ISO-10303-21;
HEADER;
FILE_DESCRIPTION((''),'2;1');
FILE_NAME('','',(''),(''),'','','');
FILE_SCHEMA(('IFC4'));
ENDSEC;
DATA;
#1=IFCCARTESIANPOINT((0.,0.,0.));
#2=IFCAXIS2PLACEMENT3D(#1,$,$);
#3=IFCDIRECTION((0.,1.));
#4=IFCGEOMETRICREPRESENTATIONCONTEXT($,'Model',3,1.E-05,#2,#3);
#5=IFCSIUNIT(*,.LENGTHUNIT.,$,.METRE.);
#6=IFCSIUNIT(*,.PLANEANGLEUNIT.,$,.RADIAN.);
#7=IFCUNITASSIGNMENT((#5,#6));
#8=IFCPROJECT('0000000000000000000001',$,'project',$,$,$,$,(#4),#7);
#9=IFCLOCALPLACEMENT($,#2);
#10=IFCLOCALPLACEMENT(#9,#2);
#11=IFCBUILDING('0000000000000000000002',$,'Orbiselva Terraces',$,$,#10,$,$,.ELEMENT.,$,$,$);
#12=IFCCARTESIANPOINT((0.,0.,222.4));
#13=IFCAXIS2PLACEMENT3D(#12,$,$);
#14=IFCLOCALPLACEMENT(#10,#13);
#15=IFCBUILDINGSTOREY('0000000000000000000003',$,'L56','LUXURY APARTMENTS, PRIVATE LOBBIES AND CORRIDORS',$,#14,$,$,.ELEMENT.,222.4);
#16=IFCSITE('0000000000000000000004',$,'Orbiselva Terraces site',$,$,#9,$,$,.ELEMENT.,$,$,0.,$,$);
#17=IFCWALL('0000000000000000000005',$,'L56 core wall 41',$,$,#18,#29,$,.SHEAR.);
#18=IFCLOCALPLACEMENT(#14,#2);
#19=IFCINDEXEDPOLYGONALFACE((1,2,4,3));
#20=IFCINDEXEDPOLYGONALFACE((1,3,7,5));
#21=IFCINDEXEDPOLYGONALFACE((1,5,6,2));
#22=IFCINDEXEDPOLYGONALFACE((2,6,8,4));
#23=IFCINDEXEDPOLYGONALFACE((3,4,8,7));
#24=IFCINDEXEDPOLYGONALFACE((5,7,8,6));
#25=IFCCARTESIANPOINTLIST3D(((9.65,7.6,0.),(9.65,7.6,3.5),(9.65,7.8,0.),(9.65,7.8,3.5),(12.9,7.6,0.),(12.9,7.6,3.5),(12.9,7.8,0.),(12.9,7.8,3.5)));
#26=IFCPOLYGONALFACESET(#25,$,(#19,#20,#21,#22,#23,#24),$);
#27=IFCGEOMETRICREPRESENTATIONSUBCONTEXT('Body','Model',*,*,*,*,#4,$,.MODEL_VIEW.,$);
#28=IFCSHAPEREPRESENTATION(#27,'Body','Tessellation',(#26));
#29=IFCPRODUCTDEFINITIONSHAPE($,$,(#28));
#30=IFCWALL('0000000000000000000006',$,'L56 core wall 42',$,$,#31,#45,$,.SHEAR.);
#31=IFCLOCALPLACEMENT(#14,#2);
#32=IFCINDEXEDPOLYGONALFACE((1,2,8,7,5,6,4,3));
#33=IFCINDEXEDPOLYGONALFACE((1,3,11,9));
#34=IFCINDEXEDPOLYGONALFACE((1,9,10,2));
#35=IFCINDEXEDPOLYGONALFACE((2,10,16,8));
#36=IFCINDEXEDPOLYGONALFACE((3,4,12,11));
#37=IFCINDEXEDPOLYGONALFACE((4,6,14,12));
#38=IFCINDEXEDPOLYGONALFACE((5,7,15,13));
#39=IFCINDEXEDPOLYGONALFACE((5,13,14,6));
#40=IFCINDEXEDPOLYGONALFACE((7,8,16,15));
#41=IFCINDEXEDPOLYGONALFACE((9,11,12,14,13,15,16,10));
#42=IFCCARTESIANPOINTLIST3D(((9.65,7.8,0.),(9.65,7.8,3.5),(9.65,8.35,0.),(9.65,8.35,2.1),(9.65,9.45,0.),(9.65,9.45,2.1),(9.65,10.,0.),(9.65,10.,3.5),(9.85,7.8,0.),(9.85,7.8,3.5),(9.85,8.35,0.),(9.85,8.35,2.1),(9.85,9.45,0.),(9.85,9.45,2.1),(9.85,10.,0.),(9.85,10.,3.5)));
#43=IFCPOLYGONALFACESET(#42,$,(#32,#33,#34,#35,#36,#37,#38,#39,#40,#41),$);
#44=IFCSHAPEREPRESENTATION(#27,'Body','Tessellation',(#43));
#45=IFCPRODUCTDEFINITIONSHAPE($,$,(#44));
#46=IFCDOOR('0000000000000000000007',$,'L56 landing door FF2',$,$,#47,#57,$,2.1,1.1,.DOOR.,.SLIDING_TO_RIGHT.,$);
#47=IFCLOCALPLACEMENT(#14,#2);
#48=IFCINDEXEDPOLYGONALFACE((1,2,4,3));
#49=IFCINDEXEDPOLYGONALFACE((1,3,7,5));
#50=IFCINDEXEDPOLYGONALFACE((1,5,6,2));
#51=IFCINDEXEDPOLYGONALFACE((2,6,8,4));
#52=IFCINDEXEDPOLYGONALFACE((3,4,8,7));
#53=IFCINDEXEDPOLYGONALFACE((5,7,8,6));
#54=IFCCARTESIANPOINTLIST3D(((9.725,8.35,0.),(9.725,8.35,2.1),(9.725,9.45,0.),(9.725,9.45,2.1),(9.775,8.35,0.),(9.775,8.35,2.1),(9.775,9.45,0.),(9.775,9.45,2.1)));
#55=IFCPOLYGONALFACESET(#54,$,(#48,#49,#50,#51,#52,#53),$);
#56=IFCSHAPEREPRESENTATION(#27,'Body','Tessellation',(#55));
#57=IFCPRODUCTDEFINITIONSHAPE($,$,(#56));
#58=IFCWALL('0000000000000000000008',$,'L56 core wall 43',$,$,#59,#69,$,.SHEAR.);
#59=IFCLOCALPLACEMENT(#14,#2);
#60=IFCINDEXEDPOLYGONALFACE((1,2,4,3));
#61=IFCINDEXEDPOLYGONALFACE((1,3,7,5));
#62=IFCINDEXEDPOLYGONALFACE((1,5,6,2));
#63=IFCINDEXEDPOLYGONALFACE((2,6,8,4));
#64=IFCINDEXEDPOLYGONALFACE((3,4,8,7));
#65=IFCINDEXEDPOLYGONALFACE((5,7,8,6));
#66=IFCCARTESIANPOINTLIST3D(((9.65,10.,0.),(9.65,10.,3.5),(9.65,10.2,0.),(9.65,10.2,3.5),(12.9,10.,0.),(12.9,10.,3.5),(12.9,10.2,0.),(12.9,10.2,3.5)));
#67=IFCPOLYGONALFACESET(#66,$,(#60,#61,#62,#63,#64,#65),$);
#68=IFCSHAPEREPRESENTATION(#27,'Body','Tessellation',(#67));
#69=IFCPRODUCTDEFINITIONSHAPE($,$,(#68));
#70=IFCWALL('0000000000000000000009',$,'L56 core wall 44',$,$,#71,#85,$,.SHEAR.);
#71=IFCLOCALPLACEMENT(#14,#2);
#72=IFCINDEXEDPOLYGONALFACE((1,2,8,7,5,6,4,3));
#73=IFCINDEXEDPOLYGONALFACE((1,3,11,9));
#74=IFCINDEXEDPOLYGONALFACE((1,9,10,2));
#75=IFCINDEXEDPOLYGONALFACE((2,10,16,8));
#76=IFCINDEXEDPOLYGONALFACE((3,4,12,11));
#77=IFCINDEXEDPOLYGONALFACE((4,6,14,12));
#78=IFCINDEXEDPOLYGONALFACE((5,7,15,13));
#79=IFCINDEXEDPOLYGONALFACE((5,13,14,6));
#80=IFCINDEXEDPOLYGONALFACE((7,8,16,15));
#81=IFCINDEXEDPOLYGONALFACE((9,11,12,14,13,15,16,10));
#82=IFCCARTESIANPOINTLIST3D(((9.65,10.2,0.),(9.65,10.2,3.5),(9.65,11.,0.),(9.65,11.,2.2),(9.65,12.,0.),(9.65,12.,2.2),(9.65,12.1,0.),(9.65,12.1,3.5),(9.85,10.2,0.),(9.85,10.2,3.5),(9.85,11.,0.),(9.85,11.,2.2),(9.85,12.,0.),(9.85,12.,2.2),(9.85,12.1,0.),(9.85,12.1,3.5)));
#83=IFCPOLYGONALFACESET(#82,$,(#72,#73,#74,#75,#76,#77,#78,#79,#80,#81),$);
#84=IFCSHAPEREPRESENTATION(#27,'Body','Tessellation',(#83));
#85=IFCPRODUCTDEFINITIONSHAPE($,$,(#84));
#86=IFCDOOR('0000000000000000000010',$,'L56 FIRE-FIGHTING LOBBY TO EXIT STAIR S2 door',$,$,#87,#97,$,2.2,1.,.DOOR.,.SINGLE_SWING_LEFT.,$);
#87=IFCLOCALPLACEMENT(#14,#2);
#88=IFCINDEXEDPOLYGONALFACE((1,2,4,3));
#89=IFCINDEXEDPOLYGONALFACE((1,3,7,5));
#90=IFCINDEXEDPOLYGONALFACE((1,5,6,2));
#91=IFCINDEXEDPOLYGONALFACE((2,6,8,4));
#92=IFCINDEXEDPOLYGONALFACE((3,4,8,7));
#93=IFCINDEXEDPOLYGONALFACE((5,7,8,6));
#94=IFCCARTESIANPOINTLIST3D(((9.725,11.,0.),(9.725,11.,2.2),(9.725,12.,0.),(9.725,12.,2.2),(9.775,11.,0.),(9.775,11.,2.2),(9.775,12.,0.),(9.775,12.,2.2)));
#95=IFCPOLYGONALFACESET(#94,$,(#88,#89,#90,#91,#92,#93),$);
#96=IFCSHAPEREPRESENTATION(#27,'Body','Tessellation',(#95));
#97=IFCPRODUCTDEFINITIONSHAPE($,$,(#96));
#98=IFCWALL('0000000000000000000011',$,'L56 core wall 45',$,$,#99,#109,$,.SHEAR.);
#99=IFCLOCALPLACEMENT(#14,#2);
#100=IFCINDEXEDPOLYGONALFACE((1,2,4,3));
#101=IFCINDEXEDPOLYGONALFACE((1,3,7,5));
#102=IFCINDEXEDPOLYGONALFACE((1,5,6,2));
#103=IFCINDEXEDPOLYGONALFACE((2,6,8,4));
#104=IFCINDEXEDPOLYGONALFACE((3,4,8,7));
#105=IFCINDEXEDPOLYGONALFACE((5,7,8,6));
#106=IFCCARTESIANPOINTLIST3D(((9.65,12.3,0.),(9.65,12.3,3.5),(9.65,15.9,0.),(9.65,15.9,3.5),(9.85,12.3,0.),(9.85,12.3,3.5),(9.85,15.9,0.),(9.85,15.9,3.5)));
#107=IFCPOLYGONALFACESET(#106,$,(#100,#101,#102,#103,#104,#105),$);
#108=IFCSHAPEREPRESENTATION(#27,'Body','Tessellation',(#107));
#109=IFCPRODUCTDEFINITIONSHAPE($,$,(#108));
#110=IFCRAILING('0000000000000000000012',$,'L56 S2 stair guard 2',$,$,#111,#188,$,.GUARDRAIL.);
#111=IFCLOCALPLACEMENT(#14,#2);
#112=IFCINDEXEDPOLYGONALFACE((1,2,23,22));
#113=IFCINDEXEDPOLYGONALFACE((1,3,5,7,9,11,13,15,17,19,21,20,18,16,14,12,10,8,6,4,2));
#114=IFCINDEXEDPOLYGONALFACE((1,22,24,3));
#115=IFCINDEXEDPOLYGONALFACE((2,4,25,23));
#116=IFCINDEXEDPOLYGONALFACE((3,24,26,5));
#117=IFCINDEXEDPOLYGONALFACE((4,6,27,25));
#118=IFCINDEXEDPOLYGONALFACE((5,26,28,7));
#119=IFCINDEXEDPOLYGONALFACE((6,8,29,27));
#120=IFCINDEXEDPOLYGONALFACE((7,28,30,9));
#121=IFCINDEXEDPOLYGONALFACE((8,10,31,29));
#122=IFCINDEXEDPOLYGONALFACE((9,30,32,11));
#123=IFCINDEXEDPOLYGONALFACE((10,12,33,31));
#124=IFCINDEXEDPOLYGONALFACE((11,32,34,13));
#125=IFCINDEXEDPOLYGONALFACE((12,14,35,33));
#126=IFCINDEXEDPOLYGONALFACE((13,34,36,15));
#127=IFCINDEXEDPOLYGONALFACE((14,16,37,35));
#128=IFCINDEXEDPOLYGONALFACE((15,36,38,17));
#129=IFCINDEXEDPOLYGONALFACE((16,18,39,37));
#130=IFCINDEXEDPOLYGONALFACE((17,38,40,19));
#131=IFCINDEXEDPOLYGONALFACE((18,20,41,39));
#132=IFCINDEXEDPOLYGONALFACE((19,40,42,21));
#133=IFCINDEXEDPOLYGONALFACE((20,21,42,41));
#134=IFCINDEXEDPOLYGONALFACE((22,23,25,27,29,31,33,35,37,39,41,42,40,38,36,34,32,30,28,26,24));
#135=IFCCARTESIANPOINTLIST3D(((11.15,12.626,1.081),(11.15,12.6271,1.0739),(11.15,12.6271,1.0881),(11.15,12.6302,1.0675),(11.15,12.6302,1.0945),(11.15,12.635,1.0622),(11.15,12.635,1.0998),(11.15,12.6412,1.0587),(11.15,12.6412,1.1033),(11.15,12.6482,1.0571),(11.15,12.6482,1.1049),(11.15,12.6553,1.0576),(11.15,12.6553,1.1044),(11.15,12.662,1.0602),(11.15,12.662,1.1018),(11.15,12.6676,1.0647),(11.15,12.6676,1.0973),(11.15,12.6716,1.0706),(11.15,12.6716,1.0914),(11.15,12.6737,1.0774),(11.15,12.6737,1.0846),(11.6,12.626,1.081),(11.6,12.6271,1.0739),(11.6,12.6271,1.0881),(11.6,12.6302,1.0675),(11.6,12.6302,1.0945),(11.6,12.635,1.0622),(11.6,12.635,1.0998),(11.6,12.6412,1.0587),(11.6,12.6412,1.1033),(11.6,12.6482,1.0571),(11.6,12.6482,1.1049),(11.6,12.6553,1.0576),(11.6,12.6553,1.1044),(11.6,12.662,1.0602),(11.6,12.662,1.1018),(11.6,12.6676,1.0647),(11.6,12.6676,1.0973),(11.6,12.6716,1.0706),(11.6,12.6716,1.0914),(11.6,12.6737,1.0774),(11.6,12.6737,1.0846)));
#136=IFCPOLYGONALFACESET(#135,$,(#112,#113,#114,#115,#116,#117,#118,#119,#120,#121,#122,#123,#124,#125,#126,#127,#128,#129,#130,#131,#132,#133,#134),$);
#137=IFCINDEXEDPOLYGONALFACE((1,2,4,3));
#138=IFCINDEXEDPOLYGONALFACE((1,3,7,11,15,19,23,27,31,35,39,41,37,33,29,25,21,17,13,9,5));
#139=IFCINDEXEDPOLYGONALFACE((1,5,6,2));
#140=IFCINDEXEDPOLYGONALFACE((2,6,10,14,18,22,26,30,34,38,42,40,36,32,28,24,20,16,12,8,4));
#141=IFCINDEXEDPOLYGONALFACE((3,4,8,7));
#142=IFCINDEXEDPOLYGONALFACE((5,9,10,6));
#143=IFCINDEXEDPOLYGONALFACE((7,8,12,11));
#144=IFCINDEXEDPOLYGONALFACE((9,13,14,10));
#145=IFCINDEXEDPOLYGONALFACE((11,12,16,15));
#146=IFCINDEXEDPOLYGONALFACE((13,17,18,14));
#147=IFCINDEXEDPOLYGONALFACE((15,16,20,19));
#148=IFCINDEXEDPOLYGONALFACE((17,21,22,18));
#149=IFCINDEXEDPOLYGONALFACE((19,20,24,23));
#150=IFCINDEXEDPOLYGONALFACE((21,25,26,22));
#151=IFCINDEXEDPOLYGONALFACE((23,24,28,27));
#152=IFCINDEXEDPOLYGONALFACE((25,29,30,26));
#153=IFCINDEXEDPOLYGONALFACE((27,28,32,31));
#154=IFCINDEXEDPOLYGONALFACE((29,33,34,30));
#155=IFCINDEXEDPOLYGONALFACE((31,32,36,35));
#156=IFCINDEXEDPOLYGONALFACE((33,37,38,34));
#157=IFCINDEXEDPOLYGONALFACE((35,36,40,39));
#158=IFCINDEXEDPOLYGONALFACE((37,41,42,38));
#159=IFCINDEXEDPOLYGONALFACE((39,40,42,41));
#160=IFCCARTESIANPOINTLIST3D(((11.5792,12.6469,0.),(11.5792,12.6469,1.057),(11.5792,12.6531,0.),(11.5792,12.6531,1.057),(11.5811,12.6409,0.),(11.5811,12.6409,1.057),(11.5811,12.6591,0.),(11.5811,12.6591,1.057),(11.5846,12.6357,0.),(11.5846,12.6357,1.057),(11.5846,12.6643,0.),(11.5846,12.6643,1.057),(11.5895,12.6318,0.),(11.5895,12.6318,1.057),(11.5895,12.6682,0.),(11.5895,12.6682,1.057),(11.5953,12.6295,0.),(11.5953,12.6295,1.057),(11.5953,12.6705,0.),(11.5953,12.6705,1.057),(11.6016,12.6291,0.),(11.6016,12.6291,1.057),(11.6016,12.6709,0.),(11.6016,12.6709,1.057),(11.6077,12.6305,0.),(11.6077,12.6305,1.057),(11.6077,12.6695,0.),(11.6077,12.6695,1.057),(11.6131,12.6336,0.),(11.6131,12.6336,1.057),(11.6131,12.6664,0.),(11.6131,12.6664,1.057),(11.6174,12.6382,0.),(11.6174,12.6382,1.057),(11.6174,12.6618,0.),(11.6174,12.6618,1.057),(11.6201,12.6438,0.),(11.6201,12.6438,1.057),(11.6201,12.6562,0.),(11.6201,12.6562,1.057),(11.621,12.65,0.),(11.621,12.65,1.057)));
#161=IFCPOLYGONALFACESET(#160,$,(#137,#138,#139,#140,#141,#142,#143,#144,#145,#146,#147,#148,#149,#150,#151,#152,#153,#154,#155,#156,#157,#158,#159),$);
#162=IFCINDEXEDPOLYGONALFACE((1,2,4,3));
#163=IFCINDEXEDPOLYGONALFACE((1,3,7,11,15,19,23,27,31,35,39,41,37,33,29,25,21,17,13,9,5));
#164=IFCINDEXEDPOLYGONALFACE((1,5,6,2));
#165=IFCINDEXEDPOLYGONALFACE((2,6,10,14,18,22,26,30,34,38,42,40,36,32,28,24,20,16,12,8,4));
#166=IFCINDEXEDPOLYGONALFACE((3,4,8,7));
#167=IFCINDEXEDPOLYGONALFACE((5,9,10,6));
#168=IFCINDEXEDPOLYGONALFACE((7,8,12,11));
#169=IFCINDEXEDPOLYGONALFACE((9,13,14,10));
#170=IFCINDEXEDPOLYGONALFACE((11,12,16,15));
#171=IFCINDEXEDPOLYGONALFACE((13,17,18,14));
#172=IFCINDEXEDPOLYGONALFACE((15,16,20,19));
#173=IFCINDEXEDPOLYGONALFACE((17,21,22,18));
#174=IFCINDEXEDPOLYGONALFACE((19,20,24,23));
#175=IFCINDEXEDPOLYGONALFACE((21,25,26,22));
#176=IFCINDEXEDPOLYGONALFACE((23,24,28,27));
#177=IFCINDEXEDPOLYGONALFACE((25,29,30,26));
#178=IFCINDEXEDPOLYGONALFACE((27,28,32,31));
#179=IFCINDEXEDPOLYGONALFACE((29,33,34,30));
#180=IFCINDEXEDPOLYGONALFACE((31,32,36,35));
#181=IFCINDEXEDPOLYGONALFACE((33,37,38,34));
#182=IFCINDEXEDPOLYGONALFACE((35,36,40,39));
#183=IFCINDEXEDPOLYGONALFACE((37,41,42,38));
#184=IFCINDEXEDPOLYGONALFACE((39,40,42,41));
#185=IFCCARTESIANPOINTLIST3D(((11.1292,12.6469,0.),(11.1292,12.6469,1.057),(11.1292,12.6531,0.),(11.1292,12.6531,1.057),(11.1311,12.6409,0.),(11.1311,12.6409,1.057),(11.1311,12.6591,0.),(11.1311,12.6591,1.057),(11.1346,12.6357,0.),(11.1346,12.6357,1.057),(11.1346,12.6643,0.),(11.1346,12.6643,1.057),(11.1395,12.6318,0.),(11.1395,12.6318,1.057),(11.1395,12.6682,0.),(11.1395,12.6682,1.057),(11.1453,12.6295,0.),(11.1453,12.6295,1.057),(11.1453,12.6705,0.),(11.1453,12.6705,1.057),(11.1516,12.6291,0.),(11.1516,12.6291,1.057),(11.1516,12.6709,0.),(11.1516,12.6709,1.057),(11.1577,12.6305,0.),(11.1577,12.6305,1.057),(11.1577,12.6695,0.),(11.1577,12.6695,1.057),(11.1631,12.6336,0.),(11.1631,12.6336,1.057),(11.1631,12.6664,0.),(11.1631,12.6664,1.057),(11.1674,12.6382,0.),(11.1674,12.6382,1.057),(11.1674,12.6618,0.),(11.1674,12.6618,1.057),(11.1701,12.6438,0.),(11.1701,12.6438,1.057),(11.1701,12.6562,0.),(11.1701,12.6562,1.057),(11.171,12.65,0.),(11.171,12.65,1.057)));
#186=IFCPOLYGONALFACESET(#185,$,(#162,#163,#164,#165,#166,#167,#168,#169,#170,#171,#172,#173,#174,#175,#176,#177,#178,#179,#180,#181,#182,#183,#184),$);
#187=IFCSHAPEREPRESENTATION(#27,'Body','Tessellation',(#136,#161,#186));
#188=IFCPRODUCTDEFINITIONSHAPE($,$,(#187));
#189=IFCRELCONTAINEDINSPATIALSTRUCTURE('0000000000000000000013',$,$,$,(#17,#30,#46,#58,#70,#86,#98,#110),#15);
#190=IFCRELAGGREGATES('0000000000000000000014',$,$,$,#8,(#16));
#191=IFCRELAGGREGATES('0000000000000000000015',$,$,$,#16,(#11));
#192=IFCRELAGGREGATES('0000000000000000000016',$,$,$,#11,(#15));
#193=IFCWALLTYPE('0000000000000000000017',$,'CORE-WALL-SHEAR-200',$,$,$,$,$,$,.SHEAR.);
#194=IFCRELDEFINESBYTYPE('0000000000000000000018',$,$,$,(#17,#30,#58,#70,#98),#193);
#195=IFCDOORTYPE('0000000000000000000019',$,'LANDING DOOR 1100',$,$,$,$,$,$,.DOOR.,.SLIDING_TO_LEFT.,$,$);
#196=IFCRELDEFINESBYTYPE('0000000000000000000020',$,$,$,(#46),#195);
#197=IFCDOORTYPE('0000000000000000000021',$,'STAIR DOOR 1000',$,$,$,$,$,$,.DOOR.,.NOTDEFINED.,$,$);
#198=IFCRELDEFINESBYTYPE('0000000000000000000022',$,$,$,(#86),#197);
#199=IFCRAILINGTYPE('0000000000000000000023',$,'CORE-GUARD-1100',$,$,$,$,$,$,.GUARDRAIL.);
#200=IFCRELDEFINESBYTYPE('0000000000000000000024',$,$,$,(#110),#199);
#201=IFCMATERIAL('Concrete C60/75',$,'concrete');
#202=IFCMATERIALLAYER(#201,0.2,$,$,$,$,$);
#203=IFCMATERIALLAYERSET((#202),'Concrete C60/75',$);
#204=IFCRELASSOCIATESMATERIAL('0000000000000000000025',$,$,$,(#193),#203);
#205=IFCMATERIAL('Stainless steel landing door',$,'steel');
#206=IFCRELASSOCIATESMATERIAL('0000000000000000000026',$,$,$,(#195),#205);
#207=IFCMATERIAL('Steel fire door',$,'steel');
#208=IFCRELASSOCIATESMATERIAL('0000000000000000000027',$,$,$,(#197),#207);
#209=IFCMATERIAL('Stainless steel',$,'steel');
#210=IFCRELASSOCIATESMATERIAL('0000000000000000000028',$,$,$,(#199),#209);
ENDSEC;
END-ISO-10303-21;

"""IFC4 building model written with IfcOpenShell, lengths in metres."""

from ifc_helpers import new_model, si_unit, direction, frame, frame_2d, origin, origin_2d, place, context, subcontext, project, spatial, rectangle, circle, extrude, material, layer, layer_set, type_object, element, fill, save


model = new_model("IFC4")

# Units and contexts
model_context = context("Model", 3, precision=1e-05, world=origin(), true_north=direction((0.0, 1.0)))
body_context = subcontext(model_context, "Body", "Model", "MODEL_VIEW")
ifc_project = project(units=[si_unit("LENGTHUNIT", "METRE"), si_unit("PLANEANGLEUNIT", "RADIAN")], contexts=[model_context])

# Site, building, storey
site_placement = place(None, origin())
site = spatial("IfcSite", under=ifc_project, at=site_placement, Name="Orbiselva Terraces site", CompositionType="ELEMENT", RefElevation=0.0)
building_placement = place(site_placement, origin())
building = spatial("IfcBuilding", under=site, at=building_placement, Name="Orbiselva Terraces", CompositionType="ELEMENT")
storey_placement = place(building_placement, frame((0.0, 0.0, 222.4)))
storey = spatial("IfcBuildingStorey", under=building, at=storey_placement, Name="L56", Description="LUXURY APARTMENTS, PRIVATE LOBBIES AND CORRIDORS", CompositionType="ELEMENT", Elevation=222.4)

# Shared definitions
ifc_material_1 = material(Name="Steel fire door", Category="steel")

# Shared definitions
ifc_material_2 = material(Name="Concrete C60/75", Category="concrete")
ifc_layer_1 = layer(ifc_material_2, 0.2)
ifc_layer_set_1 = layer_set([ifc_layer_1], Name="Concrete C60/75")
wall_type_1 = type_object("IfcWallType", Name="CORE-WALL-SHEAR-200", PredefinedType="SHEAR", material=ifc_layer_set_1)

# Shared definitions
ifc_material_3 = material(Name="Stainless steel landing door", Category="steel")
door_type_1 = type_object("IfcDoorType", Name="LANDING DOOR 1100", OperationType="SLIDING_TO_LEFT", PredefinedType="DOOR", material=ifc_material_3)

# Wall
wall_1_placement = place(storey_placement, frame((9.65, 7.7, 0.0), z_axis=(0.0, 0.0, 1.0), x_axis=(1.0, 0.0, 0.0)))
element("IfcWall", 1, at=wall_1_placement, inside=storey, type_object=wall_type_1, Name="L56 core wall 41", PredefinedType="SHEAR", context=body_context, shape_type="SweptSolid", body=[
    extrude(rectangle(XDim=3.25, YDim=0.2, at=frame_2d((1.625, 0.0))), origin(), (0.0, 0.0, 1.0), 3.5),
])

# Wall, opening, door
wall_2_placement = place(storey_placement, frame((9.75, 7.8, 0.0), z_axis=(0.0, 0.0, 1.0), x_axis=(0.0, 1.0, 0.0)))
wall_2 = element("IfcWall", 2, at=wall_2_placement, inside=storey, type_object=wall_type_1, Name="L56 core wall 42", PredefinedType="SHEAR", context=body_context, shape_type="SweptSolid", body=[
    extrude(rectangle(XDim=2.2, YDim=0.2, at=frame_2d((1.1, 0.0))), origin(), (0.0, 0.0, 1.0), 3.5),
])
opening_1_placement = place(wall_2_placement, frame((0.55, 0.0, 0.0)))
opening_1 = element("IfcOpeningElement", 3, at=opening_1_placement, cuts=wall_2, PredefinedType="OPENING", context=body_context, shape_type="SweptSolid", body=[
    extrude(rectangle(XDim=1.1, YDim=2.1, at=frame_2d((0.55, 1.05))), frame((0.0, 0.11, 0.0), z_axis=(0.0, -1.0, 0.0), x_axis=(1.0, 0.0, 0.0)), (0.0, 0.0, 1.0), 0.22),
])
door_1_placement = place(opening_1_placement, origin())
door_1 = element("IfcDoor", 4, at=door_1_placement, inside=storey, type_object=door_type_1, Name="L56 landing door FF2", OperationType="SLIDING_TO_RIGHT", OverallHeight=2.1, OverallWidth=1.1, PredefinedType="DOOR", context=body_context, shape_type="SweptSolid", body=[
    extrude(rectangle(XDim=1.1, YDim=2.1, at=frame_2d((0.55, 1.05))), frame((0.0, 0.025, 0.0), z_axis=(0.0, -1.0, 0.0), x_axis=(1.0, 0.0, 0.0)), (0.0, 0.0, 1.0), 0.05),
])
fill(opening_1, door_1)

# Wall
wall_3_placement = place(storey_placement, frame((9.65, 10.1, 0.0), z_axis=(0.0, 0.0, 1.0), x_axis=(1.0, 0.0, 0.0)))
element("IfcWall", 5, at=wall_3_placement, inside=storey, type_object=wall_type_1, Name="L56 core wall 43", PredefinedType="SHEAR", context=body_context, shape_type="SweptSolid", body=[
    extrude(rectangle(XDim=3.25, YDim=0.2, at=frame_2d((1.625, 0.0))), origin(), (0.0, 0.0, 1.0), 3.5),
])

# Wall, opening, door
wall_4_placement = place(storey_placement, frame((9.75, 12.1, 0.0), z_axis=(0.0, 0.0, 1.0), x_axis=(0.0, -1.0, 0.0)))
wall_4 = element("IfcWall", 6, at=wall_4_placement, inside=storey, type_object=wall_type_1, Name="L56 core wall 44", PredefinedType="SHEAR", context=body_context, shape_type="SweptSolid", body=[
    extrude(rectangle(XDim=1.9, YDim=0.2, at=frame_2d((0.95, 0.0))), origin(), (0.0, 0.0, 1.0), 3.5),
])
opening_2_placement = place(wall_4_placement, frame((0.1, 0.0, 0.0)))
opening_2 = element("IfcOpeningElement", 7, at=opening_2_placement, cuts=wall_4, PredefinedType="OPENING", context=body_context, shape_type="SweptSolid", body=[
    extrude(rectangle(XDim=1.0, YDim=2.2, at=frame_2d((0.5, 1.1))), frame((0.0, 0.11, 0.0), z_axis=(0.0, -1.0, 0.0), x_axis=(1.0, 0.0, 0.0)), (0.0, 0.0, 1.0), 0.22),
])
door_type_2 = type_object("IfcDoorType", Name="STAIR DOOR 1000", OperationType="NOTDEFINED", PredefinedType="DOOR", material=ifc_material_1)
door_2_placement = place(opening_2_placement, origin())
door_2 = element("IfcDoor", 8, at=door_2_placement, inside=storey, type_object=door_type_2, Name="L56 FIRE-FIGHTING LOBBY TO EXIT STAIR S2 door", OperationType="SINGLE_SWING_LEFT", OverallHeight=2.2, OverallWidth=1.0, PredefinedType="DOOR", context=body_context, shape_type="SweptSolid", body=[
    extrude(rectangle(XDim=1.0, YDim=2.2, at=frame_2d((0.5, 1.1))), frame((0.0, 0.025, 0.0), z_axis=(0.0, -1.0, 0.0), x_axis=(1.0, 0.0, 0.0)), (0.0, 0.0, 1.0), 0.05),
])
fill(opening_2, door_2)

# Wall
wall_5_placement = place(storey_placement, frame((9.75, 12.3, 0.0), z_axis=(0.0, 0.0, 1.0), x_axis=(0.0, 1.0, 0.0)))
element("IfcWall", 9, at=wall_5_placement, inside=storey, type_object=wall_type_1, Name="L56 core wall 45", PredefinedType="SHEAR", context=body_context, shape_type="SweptSolid", body=[
    extrude(rectangle(XDim=3.6, YDim=0.2, at=frame_2d((1.8, 0.0))), origin(), (0.0, 0.0, 1.0), 3.5),
])

# Railing
ifc_material_4 = material(Name="Stainless steel", Category="steel")
railing_type = type_object("IfcRailingType", Name="CORE-GUARD-1100", PredefinedType="GUARDRAIL", material=ifc_material_4)
railing_placement = place(storey_placement, frame((11.6, 12.65, 0.0)))
element("IfcRailing", 10, at=railing_placement, inside=storey, type_object=railing_type, Name="L56 S2 stair guard 2", PredefinedType="GUARDRAIL", context=body_context, shape_type="SweptSolid", body=[
    extrude(circle(Radius=0.024, at=origin_2d()), frame((0.0, 0.0, 1.081), z_axis=(-1.0, 0.0, 0.0), x_axis=(0.0, -1.0, 0.0)), (0.0, 0.0, 1.0), 0.45),
    extrude(circle(Radius=0.021, at=origin_2d()), origin(), (0.0, 0.0, 1.0), 1.057),
    extrude(circle(Radius=0.021, at=origin_2d()), frame((-0.45, 0.0, 0.0)), (0.0, 0.0, 1.0), 1.057),
])

save(model, "model.ifc")
